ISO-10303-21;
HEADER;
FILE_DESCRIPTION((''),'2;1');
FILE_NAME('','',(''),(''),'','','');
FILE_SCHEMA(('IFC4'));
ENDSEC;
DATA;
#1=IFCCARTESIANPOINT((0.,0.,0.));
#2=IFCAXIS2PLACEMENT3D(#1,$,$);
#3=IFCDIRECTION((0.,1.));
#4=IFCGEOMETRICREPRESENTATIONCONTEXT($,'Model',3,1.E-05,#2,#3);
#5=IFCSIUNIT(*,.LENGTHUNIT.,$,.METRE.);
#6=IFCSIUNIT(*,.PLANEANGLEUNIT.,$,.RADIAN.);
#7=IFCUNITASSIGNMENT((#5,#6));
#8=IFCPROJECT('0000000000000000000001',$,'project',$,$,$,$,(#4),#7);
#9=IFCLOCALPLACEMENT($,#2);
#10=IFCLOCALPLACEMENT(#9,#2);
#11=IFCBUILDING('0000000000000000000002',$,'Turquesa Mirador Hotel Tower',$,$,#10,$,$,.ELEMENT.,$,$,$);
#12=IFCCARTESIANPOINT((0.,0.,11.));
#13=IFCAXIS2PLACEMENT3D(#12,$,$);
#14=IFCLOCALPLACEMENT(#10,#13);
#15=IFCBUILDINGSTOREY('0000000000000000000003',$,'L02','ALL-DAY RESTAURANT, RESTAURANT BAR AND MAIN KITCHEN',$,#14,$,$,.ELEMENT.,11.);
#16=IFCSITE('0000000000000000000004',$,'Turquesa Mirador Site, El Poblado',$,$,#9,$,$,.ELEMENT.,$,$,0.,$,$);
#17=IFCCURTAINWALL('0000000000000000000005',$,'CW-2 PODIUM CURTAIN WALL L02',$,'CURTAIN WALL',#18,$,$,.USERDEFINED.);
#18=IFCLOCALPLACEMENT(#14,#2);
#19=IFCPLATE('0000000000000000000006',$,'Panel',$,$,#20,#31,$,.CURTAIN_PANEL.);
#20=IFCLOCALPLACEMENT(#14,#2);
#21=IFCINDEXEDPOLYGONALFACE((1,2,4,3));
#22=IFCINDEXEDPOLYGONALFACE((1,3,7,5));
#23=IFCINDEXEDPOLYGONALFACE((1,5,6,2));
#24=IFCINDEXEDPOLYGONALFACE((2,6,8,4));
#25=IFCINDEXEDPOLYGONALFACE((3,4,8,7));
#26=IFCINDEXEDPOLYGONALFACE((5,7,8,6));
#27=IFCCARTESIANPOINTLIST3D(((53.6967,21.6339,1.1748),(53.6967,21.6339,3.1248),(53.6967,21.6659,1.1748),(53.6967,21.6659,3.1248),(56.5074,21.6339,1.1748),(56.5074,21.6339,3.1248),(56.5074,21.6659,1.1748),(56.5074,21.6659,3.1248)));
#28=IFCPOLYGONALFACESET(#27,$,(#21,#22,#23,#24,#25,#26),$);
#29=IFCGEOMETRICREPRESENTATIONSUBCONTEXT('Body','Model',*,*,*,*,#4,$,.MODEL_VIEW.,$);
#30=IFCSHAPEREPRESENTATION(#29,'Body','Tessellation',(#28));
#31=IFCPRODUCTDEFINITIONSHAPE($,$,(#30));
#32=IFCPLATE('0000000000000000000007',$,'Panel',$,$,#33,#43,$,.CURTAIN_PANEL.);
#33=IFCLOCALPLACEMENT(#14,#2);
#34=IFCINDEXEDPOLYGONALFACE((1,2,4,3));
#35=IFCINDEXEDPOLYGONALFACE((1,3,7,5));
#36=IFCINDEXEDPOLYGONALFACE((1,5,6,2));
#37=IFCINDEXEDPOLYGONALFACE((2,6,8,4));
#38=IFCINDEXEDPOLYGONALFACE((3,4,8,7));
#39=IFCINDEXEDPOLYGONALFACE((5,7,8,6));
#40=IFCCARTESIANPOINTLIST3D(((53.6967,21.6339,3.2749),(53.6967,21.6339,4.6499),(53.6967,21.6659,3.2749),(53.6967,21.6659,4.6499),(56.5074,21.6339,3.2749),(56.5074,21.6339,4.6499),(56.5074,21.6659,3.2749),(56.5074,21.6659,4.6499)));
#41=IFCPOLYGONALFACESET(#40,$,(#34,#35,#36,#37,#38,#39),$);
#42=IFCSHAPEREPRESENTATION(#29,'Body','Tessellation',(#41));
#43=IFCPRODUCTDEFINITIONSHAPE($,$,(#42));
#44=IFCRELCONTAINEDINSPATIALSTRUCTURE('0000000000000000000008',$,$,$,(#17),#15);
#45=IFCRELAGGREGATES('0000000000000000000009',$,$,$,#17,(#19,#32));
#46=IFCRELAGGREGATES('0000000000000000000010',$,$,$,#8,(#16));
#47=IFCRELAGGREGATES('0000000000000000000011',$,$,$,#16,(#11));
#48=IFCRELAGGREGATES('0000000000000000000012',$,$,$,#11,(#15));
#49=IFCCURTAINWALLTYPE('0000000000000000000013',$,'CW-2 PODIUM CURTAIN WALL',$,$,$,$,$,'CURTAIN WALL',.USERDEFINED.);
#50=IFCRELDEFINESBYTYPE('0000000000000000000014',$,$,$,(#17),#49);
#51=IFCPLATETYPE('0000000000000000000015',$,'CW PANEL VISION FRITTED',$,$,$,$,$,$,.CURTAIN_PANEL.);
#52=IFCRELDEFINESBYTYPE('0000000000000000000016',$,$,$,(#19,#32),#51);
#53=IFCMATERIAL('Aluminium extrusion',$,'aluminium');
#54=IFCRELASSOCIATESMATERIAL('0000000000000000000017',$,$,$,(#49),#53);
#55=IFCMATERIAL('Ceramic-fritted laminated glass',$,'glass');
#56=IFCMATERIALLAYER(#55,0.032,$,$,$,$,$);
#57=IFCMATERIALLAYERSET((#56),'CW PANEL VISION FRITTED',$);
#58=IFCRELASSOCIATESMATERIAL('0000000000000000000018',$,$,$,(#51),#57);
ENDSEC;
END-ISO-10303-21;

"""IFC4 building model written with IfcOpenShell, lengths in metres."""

from ifc_helpers import new_model, si_unit, direction, frame, origin, origin_2d, place, context, subcontext, project, spatial, rectangle, extrude, material, layer, layer_set, type_object, element, aggregate, save


model = new_model("IFC4")

# Units and contexts
model_context = context("Model", 3, precision=1e-05, world=origin(), true_north=direction((0.0, 1.0)))
body_context = subcontext(model_context, "Body", "Model", "MODEL_VIEW")
ifc_project = project(units=[si_unit("LENGTHUNIT", "METRE"), si_unit("PLANEANGLEUNIT", "RADIAN")], contexts=[model_context])

# Site, building, storey
site_placement = place(None, origin())
site = spatial("IfcSite", under=ifc_project, at=site_placement, Name="Turquesa Mirador Site, El Poblado", CompositionType="ELEMENT", RefElevation=0.0)
building_placement = place(site_placement, origin())
building = spatial("IfcBuilding", under=site, at=building_placement, Name="Turquesa Mirador Hotel Tower", CompositionType="ELEMENT")
storey_placement = place(building_placement, frame((0.0, 0.0, 11.0)))
storey = spatial("IfcBuildingStorey", under=building, at=storey_placement, Name="L02", Description="ALL-DAY RESTAURANT, RESTAURANT BAR AND MAIN KITCHEN", CompositionType="ELEMENT", Elevation=11.0)

# Curtain wall, plates
ifc_material_1 = material(Name="Aluminium extrusion", Category="aluminium")
curtain_wall_type = type_object("IfcCurtainWallType", Name="CW-2 PODIUM CURTAIN WALL", ElementType="CURTAIN WALL", PredefinedType="USERDEFINED", material=ifc_material_1)
curtain_wall_placement = place(storey_placement, origin())
curtain_wall = element("IfcCurtainWall", 1, at=curtain_wall_placement, inside=storey, type_object=curtain_wall_type, Name="CW-2 PODIUM CURTAIN WALL L02", ObjectType="CURTAIN WALL", PredefinedType="USERDEFINED")
ifc_material_2 = material(Name="Ceramic-fritted laminated glass", Category="glass")
ifc_layer_1 = layer(ifc_material_2, 0.032)
ifc_layer_set_1 = layer_set([ifc_layer_1], Name="CW PANEL VISION FRITTED")
plate_type_1 = type_object("IfcPlateType", Name="CW PANEL VISION FRITTED", PredefinedType="CURTAIN_PANEL", material=ifc_layer_set_1)
plate_1_placement = place(storey_placement, frame((55.1021, 21.6499, 1.1748), z_axis=(0.0, 0.0, 1.0), x_axis=(1.0, 0.0, 0.0)))
plate_1 = element("IfcPlate", 2, at=plate_1_placement, type_object=plate_type_1, Name="Panel", PredefinedType="CURTAIN_PANEL", context=body_context, shape_type="SweptSolid", body=[
    extrude(rectangle(XDim=2.8108, YDim=0.032, at=origin_2d()), origin(), (0.0, 0.0, 1.0), 1.95),
])
plate_2_placement = place(storey_placement, frame((55.1021, 21.6499, 3.2749), z_axis=(0.0, 0.0, 1.0), x_axis=(1.0, 0.0, 0.0)))
plate_2 = element("IfcPlate", 3, at=plate_2_placement, type_object=plate_type_1, Name="Panel", PredefinedType="CURTAIN_PANEL", context=body_context, shape_type="SweptSolid", body=[
    extrude(rectangle(XDim=2.8108, YDim=0.032, at=origin_2d()), origin(), (0.0, 0.0, 1.0), 1.375),
])
aggregate(curtain_wall, [plate_1, plate_2])

save(model, "model.ifc")
